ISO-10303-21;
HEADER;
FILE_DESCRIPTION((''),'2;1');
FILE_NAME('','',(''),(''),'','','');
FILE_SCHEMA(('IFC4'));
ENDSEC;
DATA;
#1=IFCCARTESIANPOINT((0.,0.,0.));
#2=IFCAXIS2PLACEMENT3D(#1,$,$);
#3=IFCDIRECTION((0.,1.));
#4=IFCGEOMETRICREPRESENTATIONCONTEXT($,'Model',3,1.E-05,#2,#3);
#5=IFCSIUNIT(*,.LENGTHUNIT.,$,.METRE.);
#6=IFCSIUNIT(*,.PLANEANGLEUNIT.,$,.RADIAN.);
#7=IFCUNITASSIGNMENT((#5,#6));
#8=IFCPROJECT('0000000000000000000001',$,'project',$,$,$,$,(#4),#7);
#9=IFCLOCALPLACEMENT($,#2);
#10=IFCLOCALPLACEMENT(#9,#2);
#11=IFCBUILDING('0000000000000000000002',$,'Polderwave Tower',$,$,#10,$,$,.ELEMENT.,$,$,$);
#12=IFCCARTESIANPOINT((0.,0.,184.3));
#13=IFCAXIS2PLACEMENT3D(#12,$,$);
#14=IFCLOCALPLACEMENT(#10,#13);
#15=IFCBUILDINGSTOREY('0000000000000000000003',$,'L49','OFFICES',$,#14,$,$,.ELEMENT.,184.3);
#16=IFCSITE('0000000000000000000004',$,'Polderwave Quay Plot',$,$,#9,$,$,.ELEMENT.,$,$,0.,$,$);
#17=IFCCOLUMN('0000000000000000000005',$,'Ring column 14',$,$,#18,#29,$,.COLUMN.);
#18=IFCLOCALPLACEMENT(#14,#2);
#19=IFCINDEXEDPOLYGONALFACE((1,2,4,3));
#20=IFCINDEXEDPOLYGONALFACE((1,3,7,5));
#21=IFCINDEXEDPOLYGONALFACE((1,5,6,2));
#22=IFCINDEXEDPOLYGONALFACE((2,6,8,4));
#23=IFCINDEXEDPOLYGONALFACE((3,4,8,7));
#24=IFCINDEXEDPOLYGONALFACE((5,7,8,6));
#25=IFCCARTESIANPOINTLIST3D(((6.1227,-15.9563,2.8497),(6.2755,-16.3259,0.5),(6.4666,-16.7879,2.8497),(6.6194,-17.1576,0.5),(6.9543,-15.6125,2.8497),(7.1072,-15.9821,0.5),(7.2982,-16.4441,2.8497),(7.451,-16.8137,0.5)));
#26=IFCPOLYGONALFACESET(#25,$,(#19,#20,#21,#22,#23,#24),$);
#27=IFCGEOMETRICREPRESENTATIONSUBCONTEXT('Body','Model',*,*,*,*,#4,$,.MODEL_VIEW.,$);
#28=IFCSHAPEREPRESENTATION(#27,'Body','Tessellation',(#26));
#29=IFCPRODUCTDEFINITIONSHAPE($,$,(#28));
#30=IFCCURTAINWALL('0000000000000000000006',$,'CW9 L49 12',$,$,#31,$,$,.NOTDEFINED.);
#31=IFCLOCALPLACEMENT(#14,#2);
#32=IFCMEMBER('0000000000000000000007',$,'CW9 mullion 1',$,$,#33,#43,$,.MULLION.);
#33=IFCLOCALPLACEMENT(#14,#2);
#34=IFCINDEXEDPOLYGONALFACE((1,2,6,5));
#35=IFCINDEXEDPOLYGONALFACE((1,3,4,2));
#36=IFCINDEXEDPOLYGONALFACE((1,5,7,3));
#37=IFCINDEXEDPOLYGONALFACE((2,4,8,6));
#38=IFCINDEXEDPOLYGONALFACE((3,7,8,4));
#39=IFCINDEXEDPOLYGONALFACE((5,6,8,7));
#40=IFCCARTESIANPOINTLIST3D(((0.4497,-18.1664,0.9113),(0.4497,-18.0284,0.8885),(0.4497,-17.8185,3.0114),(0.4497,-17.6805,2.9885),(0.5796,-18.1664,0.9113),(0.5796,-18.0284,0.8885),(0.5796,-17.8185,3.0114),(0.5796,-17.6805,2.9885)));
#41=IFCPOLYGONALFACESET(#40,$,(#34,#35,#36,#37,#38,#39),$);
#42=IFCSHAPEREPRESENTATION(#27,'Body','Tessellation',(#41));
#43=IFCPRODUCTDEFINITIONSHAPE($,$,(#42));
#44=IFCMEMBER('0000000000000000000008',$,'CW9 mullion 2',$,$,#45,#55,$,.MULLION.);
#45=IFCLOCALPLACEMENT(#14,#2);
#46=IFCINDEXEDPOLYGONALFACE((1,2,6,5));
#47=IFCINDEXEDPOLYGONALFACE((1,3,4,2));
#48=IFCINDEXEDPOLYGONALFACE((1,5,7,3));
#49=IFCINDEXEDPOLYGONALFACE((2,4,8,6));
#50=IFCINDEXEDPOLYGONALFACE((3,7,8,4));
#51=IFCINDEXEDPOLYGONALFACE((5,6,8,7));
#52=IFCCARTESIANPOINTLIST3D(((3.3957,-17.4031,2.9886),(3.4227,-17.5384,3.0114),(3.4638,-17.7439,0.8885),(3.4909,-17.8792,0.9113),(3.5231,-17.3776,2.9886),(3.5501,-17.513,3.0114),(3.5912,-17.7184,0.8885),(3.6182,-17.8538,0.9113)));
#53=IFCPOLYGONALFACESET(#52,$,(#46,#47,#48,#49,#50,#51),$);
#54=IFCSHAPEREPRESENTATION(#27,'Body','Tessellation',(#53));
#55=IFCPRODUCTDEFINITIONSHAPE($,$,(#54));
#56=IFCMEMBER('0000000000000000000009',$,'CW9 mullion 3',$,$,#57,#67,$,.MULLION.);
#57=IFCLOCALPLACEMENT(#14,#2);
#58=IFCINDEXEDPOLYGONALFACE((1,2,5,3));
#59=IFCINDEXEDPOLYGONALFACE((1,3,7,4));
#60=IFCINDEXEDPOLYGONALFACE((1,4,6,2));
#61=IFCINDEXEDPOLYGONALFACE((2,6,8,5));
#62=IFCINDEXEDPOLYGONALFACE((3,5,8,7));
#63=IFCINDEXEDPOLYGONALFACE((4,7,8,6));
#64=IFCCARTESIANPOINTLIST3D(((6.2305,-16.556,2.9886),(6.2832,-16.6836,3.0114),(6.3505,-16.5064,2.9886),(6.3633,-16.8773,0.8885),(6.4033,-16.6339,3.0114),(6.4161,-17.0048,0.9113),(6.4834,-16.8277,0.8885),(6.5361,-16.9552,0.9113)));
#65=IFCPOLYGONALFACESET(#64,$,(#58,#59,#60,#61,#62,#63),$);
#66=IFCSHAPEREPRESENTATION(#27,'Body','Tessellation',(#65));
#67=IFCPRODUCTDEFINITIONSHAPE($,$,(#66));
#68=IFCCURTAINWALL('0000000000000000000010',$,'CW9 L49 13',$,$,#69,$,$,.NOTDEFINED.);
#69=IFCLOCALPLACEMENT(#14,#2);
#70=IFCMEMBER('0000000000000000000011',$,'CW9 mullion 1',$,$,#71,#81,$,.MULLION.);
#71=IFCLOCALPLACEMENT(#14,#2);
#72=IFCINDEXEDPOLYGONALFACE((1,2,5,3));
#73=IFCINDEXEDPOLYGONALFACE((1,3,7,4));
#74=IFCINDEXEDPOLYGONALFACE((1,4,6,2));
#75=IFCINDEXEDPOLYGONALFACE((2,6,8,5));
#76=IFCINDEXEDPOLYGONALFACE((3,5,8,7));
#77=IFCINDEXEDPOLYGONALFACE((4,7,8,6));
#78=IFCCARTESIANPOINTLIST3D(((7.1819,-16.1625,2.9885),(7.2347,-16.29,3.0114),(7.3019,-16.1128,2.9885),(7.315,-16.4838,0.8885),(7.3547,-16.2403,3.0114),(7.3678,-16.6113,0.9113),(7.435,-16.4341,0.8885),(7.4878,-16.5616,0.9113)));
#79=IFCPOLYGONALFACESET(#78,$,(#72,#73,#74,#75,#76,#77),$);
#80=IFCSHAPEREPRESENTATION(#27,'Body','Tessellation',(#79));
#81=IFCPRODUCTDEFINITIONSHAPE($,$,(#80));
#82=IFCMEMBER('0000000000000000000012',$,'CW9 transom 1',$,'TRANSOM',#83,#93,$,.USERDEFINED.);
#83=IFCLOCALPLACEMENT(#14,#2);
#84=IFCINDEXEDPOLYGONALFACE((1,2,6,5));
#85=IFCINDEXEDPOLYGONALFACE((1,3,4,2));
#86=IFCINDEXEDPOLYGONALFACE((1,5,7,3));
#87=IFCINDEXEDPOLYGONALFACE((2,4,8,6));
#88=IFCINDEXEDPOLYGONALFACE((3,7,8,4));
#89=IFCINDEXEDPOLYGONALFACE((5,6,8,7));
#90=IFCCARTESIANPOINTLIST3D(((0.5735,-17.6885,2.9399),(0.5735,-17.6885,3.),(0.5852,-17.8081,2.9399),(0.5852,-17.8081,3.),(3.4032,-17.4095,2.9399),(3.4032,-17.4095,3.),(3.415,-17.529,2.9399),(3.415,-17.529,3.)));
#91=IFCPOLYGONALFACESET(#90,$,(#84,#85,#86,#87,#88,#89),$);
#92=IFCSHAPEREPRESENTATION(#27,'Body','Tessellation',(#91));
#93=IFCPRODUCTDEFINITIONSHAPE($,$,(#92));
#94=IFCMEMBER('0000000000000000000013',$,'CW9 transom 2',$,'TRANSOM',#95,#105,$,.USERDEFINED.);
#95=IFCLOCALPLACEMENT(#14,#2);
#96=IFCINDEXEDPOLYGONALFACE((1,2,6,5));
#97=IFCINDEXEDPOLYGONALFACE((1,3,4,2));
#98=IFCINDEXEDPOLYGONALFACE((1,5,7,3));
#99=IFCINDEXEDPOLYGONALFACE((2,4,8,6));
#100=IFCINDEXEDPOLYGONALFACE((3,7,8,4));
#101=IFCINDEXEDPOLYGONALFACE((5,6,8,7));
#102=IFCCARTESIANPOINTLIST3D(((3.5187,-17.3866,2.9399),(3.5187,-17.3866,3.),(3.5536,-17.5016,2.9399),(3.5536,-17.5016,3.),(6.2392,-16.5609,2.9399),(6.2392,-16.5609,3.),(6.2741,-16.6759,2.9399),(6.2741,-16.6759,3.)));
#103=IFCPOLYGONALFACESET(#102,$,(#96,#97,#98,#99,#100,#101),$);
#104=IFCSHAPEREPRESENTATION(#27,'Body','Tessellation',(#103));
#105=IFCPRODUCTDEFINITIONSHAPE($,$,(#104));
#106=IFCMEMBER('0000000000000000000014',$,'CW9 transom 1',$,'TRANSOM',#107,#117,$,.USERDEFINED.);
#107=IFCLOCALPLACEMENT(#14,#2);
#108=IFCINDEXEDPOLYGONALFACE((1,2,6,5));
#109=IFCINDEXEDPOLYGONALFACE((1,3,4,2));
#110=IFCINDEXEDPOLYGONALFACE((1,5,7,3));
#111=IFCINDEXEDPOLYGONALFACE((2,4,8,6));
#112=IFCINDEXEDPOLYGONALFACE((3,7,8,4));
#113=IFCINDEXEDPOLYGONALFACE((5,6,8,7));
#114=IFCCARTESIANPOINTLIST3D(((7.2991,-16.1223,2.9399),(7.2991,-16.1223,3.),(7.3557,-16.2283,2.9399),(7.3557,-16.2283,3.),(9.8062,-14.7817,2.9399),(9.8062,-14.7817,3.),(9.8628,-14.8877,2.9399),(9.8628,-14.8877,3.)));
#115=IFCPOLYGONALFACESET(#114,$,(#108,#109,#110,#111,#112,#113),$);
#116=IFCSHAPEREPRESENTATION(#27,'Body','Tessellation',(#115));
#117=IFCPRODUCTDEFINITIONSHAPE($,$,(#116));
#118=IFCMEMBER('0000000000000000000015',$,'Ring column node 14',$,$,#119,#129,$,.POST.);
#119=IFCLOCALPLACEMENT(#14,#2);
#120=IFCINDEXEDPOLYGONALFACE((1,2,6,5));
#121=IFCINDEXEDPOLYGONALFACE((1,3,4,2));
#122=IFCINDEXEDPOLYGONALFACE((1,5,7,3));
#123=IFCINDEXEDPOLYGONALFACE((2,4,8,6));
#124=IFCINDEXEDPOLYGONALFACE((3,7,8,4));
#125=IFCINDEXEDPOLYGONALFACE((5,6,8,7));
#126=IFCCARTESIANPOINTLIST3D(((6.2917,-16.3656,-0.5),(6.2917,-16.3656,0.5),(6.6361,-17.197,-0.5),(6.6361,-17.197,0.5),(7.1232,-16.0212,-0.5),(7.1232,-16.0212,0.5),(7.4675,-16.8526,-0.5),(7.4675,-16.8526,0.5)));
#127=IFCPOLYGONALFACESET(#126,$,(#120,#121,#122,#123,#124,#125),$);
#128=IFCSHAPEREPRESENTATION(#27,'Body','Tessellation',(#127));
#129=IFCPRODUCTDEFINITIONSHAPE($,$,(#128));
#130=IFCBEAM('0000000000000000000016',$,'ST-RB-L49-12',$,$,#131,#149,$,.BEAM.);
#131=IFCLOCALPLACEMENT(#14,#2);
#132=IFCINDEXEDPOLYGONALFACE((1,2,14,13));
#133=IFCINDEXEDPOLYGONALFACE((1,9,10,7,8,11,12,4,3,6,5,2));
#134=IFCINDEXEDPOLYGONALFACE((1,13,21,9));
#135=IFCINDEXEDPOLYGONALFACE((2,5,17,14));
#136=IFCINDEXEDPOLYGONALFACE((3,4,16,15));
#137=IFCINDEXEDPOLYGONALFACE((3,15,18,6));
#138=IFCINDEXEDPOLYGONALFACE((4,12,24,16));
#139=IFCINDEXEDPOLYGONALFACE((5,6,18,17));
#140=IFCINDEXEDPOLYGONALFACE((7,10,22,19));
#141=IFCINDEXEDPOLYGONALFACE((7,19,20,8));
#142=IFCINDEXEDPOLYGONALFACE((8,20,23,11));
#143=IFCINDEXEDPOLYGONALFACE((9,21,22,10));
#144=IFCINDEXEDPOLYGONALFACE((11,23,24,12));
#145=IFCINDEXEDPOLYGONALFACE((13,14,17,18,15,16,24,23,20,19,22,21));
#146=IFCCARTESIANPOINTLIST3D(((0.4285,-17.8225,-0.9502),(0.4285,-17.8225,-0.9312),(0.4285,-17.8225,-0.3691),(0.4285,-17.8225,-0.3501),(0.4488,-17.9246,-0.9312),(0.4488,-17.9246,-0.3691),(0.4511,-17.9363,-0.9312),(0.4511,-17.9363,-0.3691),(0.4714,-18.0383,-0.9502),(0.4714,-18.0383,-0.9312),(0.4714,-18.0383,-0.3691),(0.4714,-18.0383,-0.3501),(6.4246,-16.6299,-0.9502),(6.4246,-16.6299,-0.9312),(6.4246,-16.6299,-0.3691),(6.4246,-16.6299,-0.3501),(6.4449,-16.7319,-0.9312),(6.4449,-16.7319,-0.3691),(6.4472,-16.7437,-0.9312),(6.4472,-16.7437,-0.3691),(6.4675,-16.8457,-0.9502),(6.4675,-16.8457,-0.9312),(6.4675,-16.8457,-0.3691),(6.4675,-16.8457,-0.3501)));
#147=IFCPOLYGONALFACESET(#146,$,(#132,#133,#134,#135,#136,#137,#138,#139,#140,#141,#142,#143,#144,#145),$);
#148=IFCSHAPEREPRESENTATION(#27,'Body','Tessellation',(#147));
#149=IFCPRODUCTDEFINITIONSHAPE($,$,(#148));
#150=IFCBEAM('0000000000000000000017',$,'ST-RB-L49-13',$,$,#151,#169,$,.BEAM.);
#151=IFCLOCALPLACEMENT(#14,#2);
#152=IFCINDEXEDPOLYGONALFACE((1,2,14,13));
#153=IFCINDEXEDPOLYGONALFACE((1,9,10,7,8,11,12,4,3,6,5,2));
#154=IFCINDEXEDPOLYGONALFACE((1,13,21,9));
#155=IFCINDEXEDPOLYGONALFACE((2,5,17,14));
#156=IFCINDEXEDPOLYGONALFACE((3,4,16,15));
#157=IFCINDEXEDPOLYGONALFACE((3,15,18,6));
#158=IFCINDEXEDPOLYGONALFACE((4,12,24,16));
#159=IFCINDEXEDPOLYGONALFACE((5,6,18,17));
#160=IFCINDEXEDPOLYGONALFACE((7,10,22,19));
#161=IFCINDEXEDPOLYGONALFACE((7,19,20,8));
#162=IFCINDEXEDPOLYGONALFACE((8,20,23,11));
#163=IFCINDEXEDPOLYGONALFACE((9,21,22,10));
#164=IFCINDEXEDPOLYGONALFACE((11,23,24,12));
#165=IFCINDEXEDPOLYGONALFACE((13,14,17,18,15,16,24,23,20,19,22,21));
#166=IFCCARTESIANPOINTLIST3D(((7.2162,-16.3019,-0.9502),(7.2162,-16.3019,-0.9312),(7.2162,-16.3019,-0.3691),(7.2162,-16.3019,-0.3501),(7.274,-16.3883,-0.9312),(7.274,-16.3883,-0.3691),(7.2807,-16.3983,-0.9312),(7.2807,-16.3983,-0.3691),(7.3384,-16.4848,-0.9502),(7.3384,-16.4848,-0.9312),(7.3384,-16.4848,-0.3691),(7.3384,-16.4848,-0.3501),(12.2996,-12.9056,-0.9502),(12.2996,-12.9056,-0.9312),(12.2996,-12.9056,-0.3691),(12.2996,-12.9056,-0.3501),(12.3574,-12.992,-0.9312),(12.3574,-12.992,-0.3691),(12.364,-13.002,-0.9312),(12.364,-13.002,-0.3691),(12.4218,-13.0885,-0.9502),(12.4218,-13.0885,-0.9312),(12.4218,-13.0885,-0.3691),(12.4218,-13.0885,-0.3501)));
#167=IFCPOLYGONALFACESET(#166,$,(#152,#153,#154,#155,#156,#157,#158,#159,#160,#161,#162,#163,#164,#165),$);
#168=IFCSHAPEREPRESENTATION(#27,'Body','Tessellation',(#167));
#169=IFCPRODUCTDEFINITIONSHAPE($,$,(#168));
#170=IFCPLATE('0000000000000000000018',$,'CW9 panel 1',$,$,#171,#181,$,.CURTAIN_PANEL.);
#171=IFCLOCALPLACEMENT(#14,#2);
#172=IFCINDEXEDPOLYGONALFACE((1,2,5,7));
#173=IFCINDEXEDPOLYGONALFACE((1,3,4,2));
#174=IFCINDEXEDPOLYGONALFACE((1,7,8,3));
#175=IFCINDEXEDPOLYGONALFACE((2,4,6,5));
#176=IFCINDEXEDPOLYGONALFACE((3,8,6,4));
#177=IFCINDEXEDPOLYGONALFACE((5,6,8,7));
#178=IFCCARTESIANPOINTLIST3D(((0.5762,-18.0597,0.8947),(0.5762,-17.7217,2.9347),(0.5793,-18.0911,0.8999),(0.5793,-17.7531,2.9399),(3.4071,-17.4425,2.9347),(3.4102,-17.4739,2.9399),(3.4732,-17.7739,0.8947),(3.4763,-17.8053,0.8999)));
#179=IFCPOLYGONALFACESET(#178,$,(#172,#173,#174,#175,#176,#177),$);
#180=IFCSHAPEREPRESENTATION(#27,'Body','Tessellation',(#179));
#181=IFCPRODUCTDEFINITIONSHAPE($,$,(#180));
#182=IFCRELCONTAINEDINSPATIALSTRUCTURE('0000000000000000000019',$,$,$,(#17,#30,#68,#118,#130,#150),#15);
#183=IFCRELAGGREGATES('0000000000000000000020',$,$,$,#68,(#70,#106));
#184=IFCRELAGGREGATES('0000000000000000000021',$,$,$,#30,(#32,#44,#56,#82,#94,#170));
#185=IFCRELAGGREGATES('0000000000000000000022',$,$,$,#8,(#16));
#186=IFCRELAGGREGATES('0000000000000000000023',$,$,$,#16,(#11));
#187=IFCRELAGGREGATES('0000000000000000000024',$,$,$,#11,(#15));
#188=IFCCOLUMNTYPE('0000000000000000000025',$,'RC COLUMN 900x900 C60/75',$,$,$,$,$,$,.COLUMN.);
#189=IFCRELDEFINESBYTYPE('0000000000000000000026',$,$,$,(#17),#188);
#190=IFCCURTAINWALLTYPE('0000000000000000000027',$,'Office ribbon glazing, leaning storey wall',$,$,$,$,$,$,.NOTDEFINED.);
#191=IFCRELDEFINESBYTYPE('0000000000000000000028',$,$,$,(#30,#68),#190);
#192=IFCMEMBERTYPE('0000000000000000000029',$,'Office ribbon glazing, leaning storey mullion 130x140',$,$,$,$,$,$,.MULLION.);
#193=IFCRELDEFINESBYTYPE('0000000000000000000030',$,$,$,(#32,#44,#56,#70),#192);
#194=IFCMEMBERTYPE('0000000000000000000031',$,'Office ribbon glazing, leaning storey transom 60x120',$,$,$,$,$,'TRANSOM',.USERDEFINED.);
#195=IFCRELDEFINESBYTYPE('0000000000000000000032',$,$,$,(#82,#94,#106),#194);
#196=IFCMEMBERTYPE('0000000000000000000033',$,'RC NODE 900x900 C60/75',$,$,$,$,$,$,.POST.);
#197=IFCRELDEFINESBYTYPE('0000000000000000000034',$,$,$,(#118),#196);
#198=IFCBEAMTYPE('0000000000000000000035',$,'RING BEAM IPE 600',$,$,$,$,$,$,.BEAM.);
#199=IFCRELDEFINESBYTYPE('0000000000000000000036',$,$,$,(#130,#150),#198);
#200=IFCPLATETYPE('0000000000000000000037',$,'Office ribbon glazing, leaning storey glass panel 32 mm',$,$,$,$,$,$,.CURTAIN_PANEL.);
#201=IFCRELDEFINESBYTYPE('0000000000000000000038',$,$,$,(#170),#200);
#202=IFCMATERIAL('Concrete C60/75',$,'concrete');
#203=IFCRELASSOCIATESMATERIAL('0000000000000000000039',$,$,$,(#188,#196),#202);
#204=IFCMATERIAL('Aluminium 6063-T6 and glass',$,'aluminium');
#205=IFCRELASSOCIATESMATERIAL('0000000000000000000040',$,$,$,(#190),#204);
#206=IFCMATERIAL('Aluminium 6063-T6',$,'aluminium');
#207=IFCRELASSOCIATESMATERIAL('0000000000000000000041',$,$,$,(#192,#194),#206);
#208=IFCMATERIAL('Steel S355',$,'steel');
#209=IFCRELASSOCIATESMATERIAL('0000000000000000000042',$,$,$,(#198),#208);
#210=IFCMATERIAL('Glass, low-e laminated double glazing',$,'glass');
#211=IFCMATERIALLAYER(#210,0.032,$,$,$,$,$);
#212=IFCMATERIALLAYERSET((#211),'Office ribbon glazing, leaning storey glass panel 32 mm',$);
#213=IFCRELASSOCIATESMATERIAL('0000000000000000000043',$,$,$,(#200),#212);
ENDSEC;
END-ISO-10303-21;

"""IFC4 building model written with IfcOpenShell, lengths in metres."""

from ifc_helpers import new_model, si_unit, direction, frame, origin, origin_2d, place, context, subcontext, project, spatial, polyline, rectangle, i_section, outline, extrude, material, layer, layer_set, material_profile, profile_set, type_object, element, aggregate, save


model = new_model("IFC4")

# Units and contexts
model_context = context("Model", 3, precision=1e-05, world=origin(), true_north=direction((0.0, 1.0)))
body_context = subcontext(model_context, "Body", "Model", "MODEL_VIEW")
ifc_project = project(units=[si_unit("LENGTHUNIT", "METRE"), si_unit("PLANEANGLEUNIT", "RADIAN")], contexts=[model_context])

# Site, building, storey
site_placement = place(None, origin())
site = spatial("IfcSite", under=ifc_project, at=site_placement, Name="Polderwave Quay Plot", CompositionType="ELEMENT", RefElevation=0.0)
building_placement = place(site_placement, origin())
building = spatial("IfcBuilding", under=site, at=building_placement, Name="Polderwave Tower", CompositionType="ELEMENT")
storey_placement = place(building_placement, frame((0.0, 0.0, 184.3)))
storey = spatial("IfcBuildingStorey", under=building, at=storey_placement, Name="L49", Description="OFFICES", CompositionType="ELEMENT", Elevation=184.3)

# Column
ifc_material_1 = material(Name="Concrete C60/75", Category="concrete")
ifc_material_profile_1 = material_profile(ifc_material_1, rectangle(XDim=0.8999, YDim=0.8999, at=origin_2d()), Name="RC 900x900")
ifc_profile_set_1 = profile_set([ifc_material_profile_1], Name="Concrete C60/75")
column_type = type_object("IfcColumnType", Name="RC COLUMN 900x900 C60/75", PredefinedType="COLUMN", material=ifc_profile_set_1)
column_placement = place(storey_placement, frame((6.8633, -16.5698, 0.5), z_axis=(0.0, 0.0, 1.0), x_axis=(-0.924121, -0.3821, 0.0)))
element("IfcColumn", 1, at=column_placement, inside=storey, type_object=column_type, Name="Ring column 14", PredefinedType="COLUMN", context=body_context, shape_type="SweptSolid", body=[
    extrude(rectangle(XDim=0.8999, YDim=0.8999, at=origin_2d()), origin(), (0.0, -0.167801, 0.985821), 2.3835),
])

# Curtain wall, members
ifc_material_2 = material(Name="Aluminium 6063-T6 and glass", Category="aluminium")
curtain_wall_type = type_object("IfcCurtainWallType", Name="Office ribbon glazing, leaning storey wall", PredefinedType="NOTDEFINED", material=ifc_material_2)
curtain_wall_1_placement = place(storey_placement, origin())
curtain_wall_1 = element("IfcCurtainWall", 2, at=curtain_wall_1_placement, inside=storey, type_object=curtain_wall_type, Name="CW9 L49 12", PredefinedType="NOTDEFINED")
ifc_material_3 = material(Name="Aluminium 6063-T6", Category="aluminium")
ifc_material_profile_2 = material_profile(ifc_material_3, rectangle(XDim=0.1299, YDim=0.1399, at=origin_2d()), Name="AL 130x140")
ifc_profile_set_2 = profile_set([ifc_material_profile_2], Name="Aluminium 6063-T6")
member_type_1 = type_object("IfcMemberType", Name="Office ribbon glazing, leaning storey mullion 130x140", PredefinedType="MULLION", material=ifc_profile_set_2)
member_1_placement = place(storey_placement, frame((0.5146, -18.0974, 0.8999), z_axis=(0.0, 0.163432, 0.986555), x_axis=(-1.0, 0.0, 0.0)))
member_1 = element("IfcMember", 3, at=member_1_placement, type_object=member_type_1, Name="CW9 mullion 1", PredefinedType="MULLION", context=body_context, shape_type="SweptSolid", body=[
    extrude(rectangle(XDim=0.1299, YDim=0.1399, at=origin_2d()), origin(), (0.0, 0.0, 1.0), 2.1287),
])
member_2_placement = place(storey_placement, frame((3.541, -17.7988, 0.8999), z_axis=(-0.031999, 0.16011, 0.98658), x_axis=(-0.980608, -0.195981, 0.0)))
member_2 = element("IfcMember", 4, at=member_2_placement, type_object=member_type_1, Name="CW9 mullion 2", PredefinedType="MULLION", context=body_context, shape_type="SweptSolid", body=[
    extrude(rectangle(XDim=0.1299, YDim=0.1399, at=origin_2d()), origin(), (0.0, 0.0, 1.0), 2.1287),
])
member_3_placement = place(storey_placement, frame((6.4497, -16.9163, 0.8999), z_axis=(-0.062392, 0.150934, 0.986573), x_axis=(-0.924154, -0.382021, 0.0)))
member_3 = element("IfcMember", 5, at=member_3_placement, type_object=member_type_1, Name="CW9 mullion 3", PredefinedType="MULLION", context=body_context, shape_type="SweptSolid", body=[
    extrude(rectangle(XDim=0.1299, YDim=0.1399, at=origin_2d()), origin(), (0.0, 0.0, 1.0), 2.1287),
])

# Curtain wall, member
curtain_wall_2_placement = place(storey_placement, origin())
curtain_wall_2 = element("IfcCurtainWall", 6, at=curtain_wall_2_placement, inside=storey, type_object=curtain_wall_type, Name="CW9 L49 13", PredefinedType="NOTDEFINED")
member_4_placement = place(storey_placement, frame((7.4014, -16.5227, 0.8999), z_axis=(-0.062506, 0.150932, 0.986566), x_axis=(-0.923906, -0.38262, 0.0)))
member_4 = element("IfcMember", 7, at=member_4_placement, type_object=member_type_1, Name="CW9 mullion 1", PredefinedType="MULLION", context=body_context, shape_type="SweptSolid", body=[
    extrude(rectangle(XDim=0.1299, YDim=0.1399, at=origin_2d()), origin(), (0.0, 0.0, 1.0), 2.1287),
])

# Members
ifc_material_profile_3 = material_profile(ifc_material_3, rectangle(XDim=0.1201, YDim=0.0601, at=origin_2d()), Name="AL 60x120")
ifc_profile_set_3 = profile_set([ifc_material_profile_3], Name="Aluminium 6063-T6")
member_type_2 = type_object("IfcMemberType", Name="Office ribbon glazing, leaning storey transom 60x120", ElementType="TRANSOM", PredefinedType="USERDEFINED", material=ifc_profile_set_3)
member_5_placement = place(storey_placement, frame((0.5793, -17.7483, 2.97), z_axis=(0.995173, 0.098135, 0.0), x_axis=(-0.098135, 0.995173, 0.0)))
member_5 = element("IfcMember", 8, at=member_5_placement, type_object=member_type_2, Name="CW9 transom 1", ObjectType="TRANSOM", PredefinedType="USERDEFINED", context=body_context, shape_type="SweptSolid", body=[
    extrude(rectangle(XDim=0.1201, YDim=0.0601, at=origin_2d()), origin(), (0.0, 0.0, 1.0), 2.8435),
])
member_6_placement = place(storey_placement, frame((3.5361, -17.4441, 2.97), z_axis=(0.956897, 0.290427, 0.0), x_axis=(-0.290427, 0.956897, 0.0)))
member_6 = element("IfcMember", 9, at=member_6_placement, type_object=member_type_2, Name="CW9 transom 2", ObjectType="TRANSOM", PredefinedType="USERDEFINED", context=body_context, shape_type="SweptSolid", body=[
    extrude(rectangle(XDim=0.1201, YDim=0.0601, at=origin_2d()), origin(), (0.0, 0.0, 1.0), 2.843),
])
member_7_placement = place(storey_placement, frame((7.3274, -16.1753, 2.97), z_axis=(0.881846, 0.471537, 0.0), x_axis=(-0.471537, 0.881846, 0.0)))
member_7 = element("IfcMember", 10, at=member_7_placement, type_object=member_type_2, Name="CW9 transom 1", ObjectType="TRANSOM", PredefinedType="USERDEFINED", context=body_context, shape_type="SweptSolid", body=[
    extrude(rectangle(XDim=0.1201, YDim=0.0601, at=origin_2d()), origin(), (0.0, 0.0, 1.0), 2.843),
])
aggregate(curtain_wall_2, [member_4, member_7])
ifc_material_profile_4 = material_profile(ifc_material_1, rectangle(XDim=0.8999, YDim=0.8999, at=origin_2d()), Name="RC 900x900")
ifc_profile_set_4 = profile_set([ifc_material_profile_4], Name="Concrete C60/75")
member_type_3 = type_object("IfcMemberType", Name="RC NODE 900x900 C60/75", PredefinedType="POST", material=ifc_profile_set_4)
member_8_placement = place(storey_placement, frame((6.8796, -16.6091, -0.5), z_axis=(0.0, 0.0, 1.0), x_axis=(0.382683, -0.92388, 0.0)))
element("IfcMember", 11, at=member_8_placement, inside=storey, type_object=member_type_3, Name="Ring column node 14", PredefinedType="POST", context=body_context, shape_type="SweptSolid", body=[
    extrude(rectangle(XDim=0.8999, YDim=0.8999, at=origin_2d()), origin(), (0.0, 0.0, 1.0), 1.0),
])

# Beams
ifc_material_4 = material(Name="Steel S355", Category="steel")
ifc_material_profile_5 = material_profile(ifc_material_4, i_section(OverallWidth=0.22, OverallDepth=0.6001, WebThickness=0.012, FlangeThickness=0.019, at=origin_2d()), Name="IPE 600")
ifc_profile_set_5 = profile_set([ifc_material_profile_5], Name="Steel S355")
beam_type = type_object("IfcBeamType", Name="RING BEAM IPE 600", PredefinedType="BEAM", material=ifc_profile_set_5)
for number, where, z_axis, x_axis, name in (
    (12, (0.45, -17.9304, -0.6501), (0.980787, 0.195079, 0.0), (-0.195079, 0.980787, 0.0), "ST-RB-L49-12"),
    (13, (7.2773, -16.3933, -0.6501), (0.831491, 0.555539, 0.0), (-0.555539, 0.831491, 0.0), "ST-RB-L49-13"),
):
    element("IfcBeam", number, at=place(storey_placement, frame(where, z_axis=z_axis, x_axis=x_axis)), inside=storey, type_object=beam_type, Name=name, PredefinedType="BEAM", context=body_context, shape_type="SweptSolid", body=[
        extrude(i_section(OverallWidth=0.22, OverallDepth=0.6001, WebThickness=0.012, FlangeThickness=0.019, at=origin_2d()), origin(), (0.0, 0.0, 1.0), 6.1135),
    ])

# Plate
ifc_material_5 = material(Name="Glass, low-e laminated double glazing", Category="glass")
ifc_layer_1 = layer(ifc_material_5, 0.032)
ifc_layer_set_1 = layer_set([ifc_layer_1], Name="Office ribbon glazing, leaning storey glass panel 32 mm")
plate_type = type_object("IfcPlateType", Name="Office ribbon glazing, leaning storey glass panel 32 mm", PredefinedType="CURTAIN_PANEL", material=ifc_layer_set_1)
plate_1_placement = place(storey_placement, frame((0.5793, -18.0911, 0.8999), z_axis=(0.096848, -0.981915, 0.162677), x_axis=(0.995171, 0.098155, -0.000005)))
plate_1 = element("IfcPlate", 14, at=plate_1_placement, type_object=plate_type, Name="CW9 panel 1", PredefinedType="CURTAIN_PANEL", context=body_context, shape_type="SweptSolid", body=[
    extrude(outline(polyline([(0.0, 0.0), (2.911, 0.0), (2.8777, 2.0676), (0.0332, 2.0676), (0.0, 0.0)])), origin(), (0.0, 0.0, -1.0), 0.032),
])
aggregate(curtain_wall_1, [member_1, member_2, member_3, member_5, member_6, plate_1])

save(model, "model.ifc")
